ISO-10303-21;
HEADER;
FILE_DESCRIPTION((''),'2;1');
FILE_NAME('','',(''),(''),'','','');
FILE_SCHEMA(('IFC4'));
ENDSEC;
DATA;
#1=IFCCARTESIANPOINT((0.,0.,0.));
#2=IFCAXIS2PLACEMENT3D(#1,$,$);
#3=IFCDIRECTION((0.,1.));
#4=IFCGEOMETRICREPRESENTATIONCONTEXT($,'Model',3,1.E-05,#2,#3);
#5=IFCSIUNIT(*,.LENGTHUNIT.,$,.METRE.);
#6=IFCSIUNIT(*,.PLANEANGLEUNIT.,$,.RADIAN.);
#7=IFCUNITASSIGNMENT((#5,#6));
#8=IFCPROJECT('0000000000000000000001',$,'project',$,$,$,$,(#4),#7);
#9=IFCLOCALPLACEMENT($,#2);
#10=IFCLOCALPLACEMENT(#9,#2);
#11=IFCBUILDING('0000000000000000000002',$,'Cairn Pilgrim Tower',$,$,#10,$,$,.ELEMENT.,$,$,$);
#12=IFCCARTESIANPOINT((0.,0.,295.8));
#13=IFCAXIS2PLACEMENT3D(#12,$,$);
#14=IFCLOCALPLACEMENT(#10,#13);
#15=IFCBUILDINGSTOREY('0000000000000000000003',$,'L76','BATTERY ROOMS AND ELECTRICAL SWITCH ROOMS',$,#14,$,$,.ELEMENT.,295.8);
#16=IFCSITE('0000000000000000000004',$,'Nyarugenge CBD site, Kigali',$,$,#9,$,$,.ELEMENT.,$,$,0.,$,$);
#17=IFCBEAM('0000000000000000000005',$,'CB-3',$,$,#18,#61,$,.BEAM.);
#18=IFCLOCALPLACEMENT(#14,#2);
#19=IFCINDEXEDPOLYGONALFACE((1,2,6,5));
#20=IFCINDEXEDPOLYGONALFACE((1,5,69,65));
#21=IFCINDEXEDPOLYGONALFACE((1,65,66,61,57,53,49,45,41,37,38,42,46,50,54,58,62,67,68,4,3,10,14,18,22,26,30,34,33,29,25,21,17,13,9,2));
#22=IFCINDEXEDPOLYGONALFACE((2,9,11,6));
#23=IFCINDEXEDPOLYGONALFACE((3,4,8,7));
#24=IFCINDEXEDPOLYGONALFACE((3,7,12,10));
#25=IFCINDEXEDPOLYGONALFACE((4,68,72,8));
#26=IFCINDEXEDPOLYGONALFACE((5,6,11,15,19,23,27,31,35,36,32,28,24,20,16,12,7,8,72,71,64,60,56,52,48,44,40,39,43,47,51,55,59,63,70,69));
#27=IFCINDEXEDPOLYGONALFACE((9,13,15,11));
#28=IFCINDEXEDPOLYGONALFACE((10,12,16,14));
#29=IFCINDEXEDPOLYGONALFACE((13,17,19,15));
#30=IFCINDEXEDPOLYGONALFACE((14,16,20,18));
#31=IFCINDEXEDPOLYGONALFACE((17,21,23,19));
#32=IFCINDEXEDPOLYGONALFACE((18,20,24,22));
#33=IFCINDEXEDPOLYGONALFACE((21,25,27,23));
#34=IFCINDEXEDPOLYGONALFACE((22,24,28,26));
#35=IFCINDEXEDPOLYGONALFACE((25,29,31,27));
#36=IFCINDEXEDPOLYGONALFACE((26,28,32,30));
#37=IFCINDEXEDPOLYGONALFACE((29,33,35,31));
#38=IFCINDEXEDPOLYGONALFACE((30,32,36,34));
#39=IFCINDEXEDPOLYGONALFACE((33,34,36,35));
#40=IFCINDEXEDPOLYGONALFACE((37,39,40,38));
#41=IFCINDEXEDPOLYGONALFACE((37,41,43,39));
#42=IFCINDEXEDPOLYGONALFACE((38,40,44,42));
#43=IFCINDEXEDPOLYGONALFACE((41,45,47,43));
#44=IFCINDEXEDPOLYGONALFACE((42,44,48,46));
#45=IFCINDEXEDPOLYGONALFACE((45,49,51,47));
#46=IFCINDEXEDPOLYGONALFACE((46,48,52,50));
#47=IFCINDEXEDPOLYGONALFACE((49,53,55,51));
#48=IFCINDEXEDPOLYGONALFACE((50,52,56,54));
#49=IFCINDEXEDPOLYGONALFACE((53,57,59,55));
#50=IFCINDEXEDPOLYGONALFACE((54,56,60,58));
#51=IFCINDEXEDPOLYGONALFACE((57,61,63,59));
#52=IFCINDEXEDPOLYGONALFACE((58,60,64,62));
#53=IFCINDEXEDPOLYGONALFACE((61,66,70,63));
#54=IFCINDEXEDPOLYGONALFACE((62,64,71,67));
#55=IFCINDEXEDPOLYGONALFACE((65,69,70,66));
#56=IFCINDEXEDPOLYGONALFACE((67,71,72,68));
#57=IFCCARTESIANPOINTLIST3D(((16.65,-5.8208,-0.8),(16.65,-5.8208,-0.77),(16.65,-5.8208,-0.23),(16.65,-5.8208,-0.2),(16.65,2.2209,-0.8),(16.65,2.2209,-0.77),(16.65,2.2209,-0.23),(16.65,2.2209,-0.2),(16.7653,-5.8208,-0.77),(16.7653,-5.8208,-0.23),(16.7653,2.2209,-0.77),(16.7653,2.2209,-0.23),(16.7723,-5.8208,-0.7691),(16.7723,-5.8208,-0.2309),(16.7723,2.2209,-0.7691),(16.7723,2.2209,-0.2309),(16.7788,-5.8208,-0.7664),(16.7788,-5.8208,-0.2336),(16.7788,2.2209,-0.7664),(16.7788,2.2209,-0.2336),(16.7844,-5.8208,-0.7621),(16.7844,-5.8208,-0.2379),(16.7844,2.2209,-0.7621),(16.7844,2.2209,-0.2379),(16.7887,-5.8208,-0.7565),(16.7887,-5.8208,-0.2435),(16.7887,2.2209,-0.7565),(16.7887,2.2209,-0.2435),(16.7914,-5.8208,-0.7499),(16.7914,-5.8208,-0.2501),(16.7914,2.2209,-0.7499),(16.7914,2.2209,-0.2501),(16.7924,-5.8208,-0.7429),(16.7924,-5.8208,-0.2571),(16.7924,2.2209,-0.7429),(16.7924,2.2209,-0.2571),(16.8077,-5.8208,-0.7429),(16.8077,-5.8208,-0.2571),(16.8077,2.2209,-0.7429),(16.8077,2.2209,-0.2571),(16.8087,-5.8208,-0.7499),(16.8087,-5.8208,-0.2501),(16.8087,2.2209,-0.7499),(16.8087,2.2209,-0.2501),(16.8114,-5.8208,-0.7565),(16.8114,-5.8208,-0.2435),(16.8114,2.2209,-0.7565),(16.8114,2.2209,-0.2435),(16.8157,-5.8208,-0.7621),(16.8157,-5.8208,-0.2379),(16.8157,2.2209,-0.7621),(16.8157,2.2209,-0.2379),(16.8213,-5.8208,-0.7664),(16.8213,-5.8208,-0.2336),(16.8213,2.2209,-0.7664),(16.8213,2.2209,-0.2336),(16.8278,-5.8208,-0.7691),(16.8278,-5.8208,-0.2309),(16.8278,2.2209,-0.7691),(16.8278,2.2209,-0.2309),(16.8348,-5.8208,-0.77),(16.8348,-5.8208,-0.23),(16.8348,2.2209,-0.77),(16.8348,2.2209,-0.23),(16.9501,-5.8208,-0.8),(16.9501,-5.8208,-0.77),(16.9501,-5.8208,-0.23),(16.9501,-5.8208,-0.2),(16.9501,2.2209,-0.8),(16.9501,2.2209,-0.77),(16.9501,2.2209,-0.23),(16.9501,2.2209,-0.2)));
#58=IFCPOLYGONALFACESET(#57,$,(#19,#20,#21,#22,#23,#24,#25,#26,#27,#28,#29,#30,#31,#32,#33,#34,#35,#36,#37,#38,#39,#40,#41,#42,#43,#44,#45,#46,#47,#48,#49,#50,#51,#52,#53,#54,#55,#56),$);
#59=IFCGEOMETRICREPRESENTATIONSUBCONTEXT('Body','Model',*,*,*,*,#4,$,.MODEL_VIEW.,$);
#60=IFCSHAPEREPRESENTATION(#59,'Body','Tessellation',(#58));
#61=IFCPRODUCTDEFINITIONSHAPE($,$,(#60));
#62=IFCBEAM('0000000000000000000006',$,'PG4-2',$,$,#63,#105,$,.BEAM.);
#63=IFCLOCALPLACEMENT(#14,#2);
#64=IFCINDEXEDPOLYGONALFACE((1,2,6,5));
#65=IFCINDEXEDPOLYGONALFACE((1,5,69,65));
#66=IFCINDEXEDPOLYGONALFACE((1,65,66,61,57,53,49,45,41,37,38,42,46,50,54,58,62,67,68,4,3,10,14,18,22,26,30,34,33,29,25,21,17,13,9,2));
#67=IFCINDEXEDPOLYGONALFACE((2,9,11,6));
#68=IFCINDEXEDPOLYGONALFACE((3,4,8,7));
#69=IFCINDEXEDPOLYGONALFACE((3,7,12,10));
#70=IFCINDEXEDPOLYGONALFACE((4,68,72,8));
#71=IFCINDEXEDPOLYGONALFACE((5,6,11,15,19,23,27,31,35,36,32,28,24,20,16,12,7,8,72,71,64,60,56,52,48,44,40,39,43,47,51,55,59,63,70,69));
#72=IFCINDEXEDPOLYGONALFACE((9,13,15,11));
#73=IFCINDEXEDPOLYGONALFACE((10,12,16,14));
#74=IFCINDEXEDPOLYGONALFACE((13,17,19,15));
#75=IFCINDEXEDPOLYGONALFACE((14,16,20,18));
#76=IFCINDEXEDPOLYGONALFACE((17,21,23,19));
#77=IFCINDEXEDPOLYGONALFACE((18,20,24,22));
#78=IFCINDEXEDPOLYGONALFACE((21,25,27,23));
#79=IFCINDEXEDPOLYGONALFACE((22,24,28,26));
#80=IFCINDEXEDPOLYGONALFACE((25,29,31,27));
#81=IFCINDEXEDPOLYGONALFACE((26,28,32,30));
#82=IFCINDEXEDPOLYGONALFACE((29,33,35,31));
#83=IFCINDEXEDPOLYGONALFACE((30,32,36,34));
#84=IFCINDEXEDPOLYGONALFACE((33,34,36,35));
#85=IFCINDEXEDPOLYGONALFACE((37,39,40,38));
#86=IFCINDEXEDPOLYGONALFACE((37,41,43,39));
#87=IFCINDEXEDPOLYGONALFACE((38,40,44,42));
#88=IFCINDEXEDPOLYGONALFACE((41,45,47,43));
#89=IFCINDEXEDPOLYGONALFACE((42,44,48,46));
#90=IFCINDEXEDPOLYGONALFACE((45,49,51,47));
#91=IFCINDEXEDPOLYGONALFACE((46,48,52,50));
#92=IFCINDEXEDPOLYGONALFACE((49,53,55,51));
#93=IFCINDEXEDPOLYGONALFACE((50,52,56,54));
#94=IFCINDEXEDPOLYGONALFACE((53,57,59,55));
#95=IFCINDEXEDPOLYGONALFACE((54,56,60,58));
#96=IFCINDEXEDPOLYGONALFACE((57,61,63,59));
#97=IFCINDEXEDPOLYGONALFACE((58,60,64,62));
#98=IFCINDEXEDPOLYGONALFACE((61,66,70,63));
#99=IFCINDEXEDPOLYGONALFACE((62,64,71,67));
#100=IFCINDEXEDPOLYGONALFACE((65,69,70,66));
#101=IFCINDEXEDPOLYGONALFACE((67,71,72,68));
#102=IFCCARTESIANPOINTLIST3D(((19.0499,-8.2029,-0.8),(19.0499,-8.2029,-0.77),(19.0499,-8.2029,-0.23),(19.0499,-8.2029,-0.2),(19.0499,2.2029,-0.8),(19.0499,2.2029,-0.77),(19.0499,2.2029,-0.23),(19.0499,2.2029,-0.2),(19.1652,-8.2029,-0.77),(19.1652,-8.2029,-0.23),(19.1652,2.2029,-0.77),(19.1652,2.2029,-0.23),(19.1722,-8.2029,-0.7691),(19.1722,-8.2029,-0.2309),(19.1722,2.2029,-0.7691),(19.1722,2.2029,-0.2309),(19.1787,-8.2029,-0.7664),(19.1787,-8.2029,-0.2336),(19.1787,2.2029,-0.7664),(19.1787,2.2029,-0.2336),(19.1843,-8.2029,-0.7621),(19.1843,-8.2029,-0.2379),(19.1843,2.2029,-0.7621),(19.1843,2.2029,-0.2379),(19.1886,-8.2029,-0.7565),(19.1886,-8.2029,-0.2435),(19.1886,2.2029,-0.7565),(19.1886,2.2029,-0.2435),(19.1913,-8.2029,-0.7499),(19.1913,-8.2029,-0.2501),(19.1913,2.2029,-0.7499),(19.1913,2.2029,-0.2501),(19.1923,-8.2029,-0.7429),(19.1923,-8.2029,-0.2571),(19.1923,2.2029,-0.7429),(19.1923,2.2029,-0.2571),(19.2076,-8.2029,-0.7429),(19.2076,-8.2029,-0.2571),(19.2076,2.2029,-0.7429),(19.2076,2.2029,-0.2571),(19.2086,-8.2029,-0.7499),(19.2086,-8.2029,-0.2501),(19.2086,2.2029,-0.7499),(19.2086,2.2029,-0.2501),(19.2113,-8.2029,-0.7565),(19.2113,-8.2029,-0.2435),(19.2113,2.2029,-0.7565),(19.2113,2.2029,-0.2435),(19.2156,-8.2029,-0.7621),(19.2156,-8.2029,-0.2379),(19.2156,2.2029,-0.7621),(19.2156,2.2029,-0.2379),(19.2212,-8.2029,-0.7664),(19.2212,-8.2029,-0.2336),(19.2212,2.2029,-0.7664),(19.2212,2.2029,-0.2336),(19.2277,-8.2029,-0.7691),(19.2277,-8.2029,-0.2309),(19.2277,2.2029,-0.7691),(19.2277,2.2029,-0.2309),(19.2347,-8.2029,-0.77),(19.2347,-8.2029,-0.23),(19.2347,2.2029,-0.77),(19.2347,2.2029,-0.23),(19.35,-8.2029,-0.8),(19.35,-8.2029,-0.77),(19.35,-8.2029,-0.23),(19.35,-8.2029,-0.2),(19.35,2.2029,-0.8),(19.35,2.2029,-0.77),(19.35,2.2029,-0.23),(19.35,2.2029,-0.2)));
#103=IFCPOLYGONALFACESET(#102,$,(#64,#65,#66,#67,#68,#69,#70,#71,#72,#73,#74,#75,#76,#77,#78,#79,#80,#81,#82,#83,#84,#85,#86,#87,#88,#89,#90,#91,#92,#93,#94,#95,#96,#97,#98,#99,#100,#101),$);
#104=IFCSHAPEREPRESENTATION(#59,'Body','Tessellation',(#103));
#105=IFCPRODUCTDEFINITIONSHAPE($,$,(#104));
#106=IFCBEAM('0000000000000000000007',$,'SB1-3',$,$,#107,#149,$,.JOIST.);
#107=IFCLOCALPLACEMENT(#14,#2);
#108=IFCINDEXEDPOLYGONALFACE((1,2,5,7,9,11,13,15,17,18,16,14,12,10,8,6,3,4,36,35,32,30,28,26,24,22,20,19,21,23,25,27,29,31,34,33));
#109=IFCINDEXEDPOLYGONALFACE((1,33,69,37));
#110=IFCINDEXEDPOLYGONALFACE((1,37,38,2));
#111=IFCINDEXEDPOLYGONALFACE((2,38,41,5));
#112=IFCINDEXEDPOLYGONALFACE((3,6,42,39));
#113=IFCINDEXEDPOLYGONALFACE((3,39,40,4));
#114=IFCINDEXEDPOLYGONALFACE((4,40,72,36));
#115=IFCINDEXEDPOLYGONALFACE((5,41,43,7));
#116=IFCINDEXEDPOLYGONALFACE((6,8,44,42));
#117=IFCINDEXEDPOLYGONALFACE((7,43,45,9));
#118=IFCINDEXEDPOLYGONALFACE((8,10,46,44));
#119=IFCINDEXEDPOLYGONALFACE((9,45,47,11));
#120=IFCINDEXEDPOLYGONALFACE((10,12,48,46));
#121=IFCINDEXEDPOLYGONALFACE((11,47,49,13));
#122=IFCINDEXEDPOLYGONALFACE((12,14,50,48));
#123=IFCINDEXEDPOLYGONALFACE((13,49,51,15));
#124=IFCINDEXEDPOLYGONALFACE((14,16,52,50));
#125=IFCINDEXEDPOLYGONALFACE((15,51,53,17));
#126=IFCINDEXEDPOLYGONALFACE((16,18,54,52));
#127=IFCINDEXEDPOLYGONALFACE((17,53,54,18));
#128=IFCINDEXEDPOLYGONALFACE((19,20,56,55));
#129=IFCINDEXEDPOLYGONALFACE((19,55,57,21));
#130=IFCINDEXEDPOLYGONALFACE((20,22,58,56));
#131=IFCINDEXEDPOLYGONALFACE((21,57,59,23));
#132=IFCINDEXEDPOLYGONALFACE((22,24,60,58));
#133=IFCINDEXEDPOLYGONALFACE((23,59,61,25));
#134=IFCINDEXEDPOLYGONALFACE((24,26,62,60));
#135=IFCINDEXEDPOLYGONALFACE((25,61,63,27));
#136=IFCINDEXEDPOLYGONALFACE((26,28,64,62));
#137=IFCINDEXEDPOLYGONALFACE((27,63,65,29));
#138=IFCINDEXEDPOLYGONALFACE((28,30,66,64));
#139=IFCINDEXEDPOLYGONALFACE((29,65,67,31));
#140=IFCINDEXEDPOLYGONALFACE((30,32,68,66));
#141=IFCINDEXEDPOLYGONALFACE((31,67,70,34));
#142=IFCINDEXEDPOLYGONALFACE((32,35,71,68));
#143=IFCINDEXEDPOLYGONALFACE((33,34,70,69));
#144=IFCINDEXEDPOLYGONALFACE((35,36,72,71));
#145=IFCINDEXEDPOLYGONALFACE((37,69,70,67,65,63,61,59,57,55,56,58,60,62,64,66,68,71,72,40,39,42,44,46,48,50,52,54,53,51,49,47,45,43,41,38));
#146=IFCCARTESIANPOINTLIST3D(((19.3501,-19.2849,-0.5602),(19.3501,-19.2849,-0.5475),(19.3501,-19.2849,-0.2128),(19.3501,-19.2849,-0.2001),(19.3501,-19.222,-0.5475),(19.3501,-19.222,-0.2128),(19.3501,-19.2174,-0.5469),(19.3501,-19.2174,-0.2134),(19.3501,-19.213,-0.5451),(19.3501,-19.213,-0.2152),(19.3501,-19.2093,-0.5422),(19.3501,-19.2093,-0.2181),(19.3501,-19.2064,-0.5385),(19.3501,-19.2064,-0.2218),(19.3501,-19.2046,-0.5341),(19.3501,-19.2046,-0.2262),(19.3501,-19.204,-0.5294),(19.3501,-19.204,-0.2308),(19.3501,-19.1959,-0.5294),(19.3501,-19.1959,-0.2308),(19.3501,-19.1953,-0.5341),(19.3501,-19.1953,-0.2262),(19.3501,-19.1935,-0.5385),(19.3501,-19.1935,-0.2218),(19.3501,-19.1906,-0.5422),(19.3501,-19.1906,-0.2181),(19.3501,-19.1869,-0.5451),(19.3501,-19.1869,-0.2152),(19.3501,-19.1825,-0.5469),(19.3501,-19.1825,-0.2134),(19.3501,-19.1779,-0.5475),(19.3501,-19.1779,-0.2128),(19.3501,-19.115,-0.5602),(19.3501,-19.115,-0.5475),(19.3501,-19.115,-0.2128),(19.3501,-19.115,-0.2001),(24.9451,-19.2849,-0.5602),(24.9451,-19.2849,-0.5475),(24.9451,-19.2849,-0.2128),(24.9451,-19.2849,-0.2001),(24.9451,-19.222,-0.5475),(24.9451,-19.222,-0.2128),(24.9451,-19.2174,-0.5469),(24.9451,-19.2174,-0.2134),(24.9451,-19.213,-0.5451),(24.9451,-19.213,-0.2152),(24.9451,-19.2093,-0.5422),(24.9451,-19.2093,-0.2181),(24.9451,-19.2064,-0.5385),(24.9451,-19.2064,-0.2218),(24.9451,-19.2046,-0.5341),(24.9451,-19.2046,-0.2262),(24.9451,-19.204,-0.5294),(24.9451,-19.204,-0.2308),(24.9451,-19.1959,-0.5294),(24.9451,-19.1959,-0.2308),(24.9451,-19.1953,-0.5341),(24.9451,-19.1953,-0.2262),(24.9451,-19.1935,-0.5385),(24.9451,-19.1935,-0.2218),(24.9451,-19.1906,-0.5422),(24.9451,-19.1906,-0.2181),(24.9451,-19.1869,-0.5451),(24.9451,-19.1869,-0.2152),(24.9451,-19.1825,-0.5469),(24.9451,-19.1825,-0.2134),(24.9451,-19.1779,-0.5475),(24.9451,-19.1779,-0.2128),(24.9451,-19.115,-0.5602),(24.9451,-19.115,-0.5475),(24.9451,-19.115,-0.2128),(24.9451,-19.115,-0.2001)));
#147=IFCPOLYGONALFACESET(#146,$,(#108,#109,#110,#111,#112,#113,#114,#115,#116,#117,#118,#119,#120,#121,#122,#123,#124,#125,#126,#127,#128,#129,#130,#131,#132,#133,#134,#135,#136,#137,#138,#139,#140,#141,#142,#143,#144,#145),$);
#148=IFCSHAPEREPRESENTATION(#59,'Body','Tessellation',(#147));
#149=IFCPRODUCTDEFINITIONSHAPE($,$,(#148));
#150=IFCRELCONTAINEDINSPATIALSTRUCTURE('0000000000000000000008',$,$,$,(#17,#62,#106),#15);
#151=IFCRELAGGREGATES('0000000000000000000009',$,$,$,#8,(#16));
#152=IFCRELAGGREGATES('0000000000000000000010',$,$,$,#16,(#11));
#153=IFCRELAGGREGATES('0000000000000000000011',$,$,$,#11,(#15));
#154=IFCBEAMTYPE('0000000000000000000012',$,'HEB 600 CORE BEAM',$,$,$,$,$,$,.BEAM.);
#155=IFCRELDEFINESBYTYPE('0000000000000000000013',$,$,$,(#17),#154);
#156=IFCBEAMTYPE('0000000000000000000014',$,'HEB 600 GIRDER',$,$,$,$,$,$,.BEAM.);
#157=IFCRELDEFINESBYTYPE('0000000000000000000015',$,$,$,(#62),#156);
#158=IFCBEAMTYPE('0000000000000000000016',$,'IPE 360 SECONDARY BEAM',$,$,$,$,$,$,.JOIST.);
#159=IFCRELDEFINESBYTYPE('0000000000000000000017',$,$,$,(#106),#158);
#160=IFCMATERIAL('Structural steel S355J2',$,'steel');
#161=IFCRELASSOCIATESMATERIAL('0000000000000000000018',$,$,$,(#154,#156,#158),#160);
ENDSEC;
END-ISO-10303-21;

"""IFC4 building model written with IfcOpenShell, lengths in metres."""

from ifc_helpers import new_model, si_unit, direction, frame, origin, origin_2d, place, context, subcontext, project, spatial, i_section, extrude, material, material_profile, profile_set, type_object, element, save


model = new_model("IFC4")

# Units and contexts
model_context = context("Model", 3, precision=1e-05, world=origin(), true_north=direction((0.0, 1.0)))
body_context = subcontext(model_context, "Body", "Model", "MODEL_VIEW")
ifc_project = project(units=[si_unit("LENGTHUNIT", "METRE"), si_unit("PLANEANGLEUNIT", "RADIAN")], contexts=[model_context])

# Site, building, storey
site_placement = place(None, origin())
site = spatial("IfcSite", under=ifc_project, at=site_placement, Name="Nyarugenge CBD site, Kigali", CompositionType="ELEMENT", RefElevation=0.0)
building_placement = place(site_placement, origin())
building = spatial("IfcBuilding", under=site, at=building_placement, Name="Cairn Pilgrim Tower", CompositionType="ELEMENT")
storey_placement = place(building_placement, frame((0.0, 0.0, 295.8)))
storey = spatial("IfcBuildingStorey", under=building, at=storey_placement, Name="L76", Description="BATTERY ROOMS AND ELECTRICAL SWITCH ROOMS", CompositionType="ELEMENT", Elevation=295.8)

# Shared definitions
ifc_material_1 = material(Name="Structural steel S355J2", Category="steel")

# Beams
ifc_material_profile_1 = material_profile(ifc_material_1, i_section(OverallWidth=0.3, OverallDepth=0.6001, WebThickness=0.0154, FlangeThickness=0.03, FilletRadius=0.0271, at=origin_2d()), Name="HEB 600")
ifc_profile_set_1 = profile_set([ifc_material_profile_1], Name="Structural steel S355J2")
beam_type_1 = type_object("IfcBeamType", Name="HEB 600 CORE BEAM", PredefinedType="BEAM", material=ifc_profile_set_1)
beam_1_placement = place(storey_placement, frame((16.8, -5.8208, -0.5), z_axis=(0.0, 1.0, 0.0), x_axis=(-1.0, 0.0, 0.0)))
element("IfcBeam", 1, at=beam_1_placement, inside=storey, type_object=beam_type_1, Name="CB-3", PredefinedType="BEAM", context=body_context, shape_type="SweptSolid", body=[
    extrude(i_section(OverallWidth=0.3, OverallDepth=0.6001, WebThickness=0.0154, FlangeThickness=0.03, FilletRadius=0.0271, at=origin_2d()), origin(), (0.0, 0.0, 1.0), 8.0417),
])
ifc_material_profile_2 = material_profile(ifc_material_1, i_section(OverallWidth=0.3, OverallDepth=0.6001, WebThickness=0.0154, FlangeThickness=0.03, FilletRadius=0.0271, at=origin_2d()), Name="HEB 600")
ifc_profile_set_2 = profile_set([ifc_material_profile_2], Name="Structural steel S355J2")
beam_type_2 = type_object("IfcBeamType", Name="HEB 600 GIRDER", PredefinedType="BEAM", material=ifc_profile_set_2)
beam_2_placement = place(storey_placement, frame((19.2, -8.2029, -0.5), z_axis=(0.0, 1.0, 0.0), x_axis=(-1.0, 0.0, 0.0)))
element("IfcBeam", 2, at=beam_2_placement, inside=storey, type_object=beam_type_2, Name="PG4-2", PredefinedType="BEAM", context=body_context, shape_type="SweptSolid", body=[
    extrude(i_section(OverallWidth=0.3, OverallDepth=0.6001, WebThickness=0.0154, FlangeThickness=0.03, FilletRadius=0.0271, at=origin_2d()), origin(), (0.0, 0.0, 1.0), 10.4058),
])
ifc_material_profile_3 = material_profile(ifc_material_1, i_section(OverallWidth=0.1699, OverallDepth=0.3601, WebThickness=0.0081, FlangeThickness=0.0127, FilletRadius=0.0181, at=origin_2d()), Name="IPE 360")
ifc_profile_set_3 = profile_set([ifc_material_profile_3], Name="Structural steel S355J2")
beam_type_3 = type_object("IfcBeamType", Name="IPE 360 SECONDARY BEAM", PredefinedType="JOIST", material=ifc_profile_set_3)
beam_3_placement = place(storey_placement, frame((19.3501, -19.2, -0.3801), z_axis=(1.0, 0.0, 0.0), x_axis=(0.0, 1.0, 0.0)))
element("IfcBeam", 3, at=beam_3_placement, inside=storey, type_object=beam_type_3, Name="SB1-3", PredefinedType="JOIST", context=body_context, shape_type="SweptSolid", body=[
    extrude(i_section(OverallWidth=0.1699, OverallDepth=0.3601, WebThickness=0.0081, FlangeThickness=0.0127, FilletRadius=0.0181, at=origin_2d()), origin(), (0.0, 0.0, 1.0), 5.595),
])

save(model, "model.ifc")
